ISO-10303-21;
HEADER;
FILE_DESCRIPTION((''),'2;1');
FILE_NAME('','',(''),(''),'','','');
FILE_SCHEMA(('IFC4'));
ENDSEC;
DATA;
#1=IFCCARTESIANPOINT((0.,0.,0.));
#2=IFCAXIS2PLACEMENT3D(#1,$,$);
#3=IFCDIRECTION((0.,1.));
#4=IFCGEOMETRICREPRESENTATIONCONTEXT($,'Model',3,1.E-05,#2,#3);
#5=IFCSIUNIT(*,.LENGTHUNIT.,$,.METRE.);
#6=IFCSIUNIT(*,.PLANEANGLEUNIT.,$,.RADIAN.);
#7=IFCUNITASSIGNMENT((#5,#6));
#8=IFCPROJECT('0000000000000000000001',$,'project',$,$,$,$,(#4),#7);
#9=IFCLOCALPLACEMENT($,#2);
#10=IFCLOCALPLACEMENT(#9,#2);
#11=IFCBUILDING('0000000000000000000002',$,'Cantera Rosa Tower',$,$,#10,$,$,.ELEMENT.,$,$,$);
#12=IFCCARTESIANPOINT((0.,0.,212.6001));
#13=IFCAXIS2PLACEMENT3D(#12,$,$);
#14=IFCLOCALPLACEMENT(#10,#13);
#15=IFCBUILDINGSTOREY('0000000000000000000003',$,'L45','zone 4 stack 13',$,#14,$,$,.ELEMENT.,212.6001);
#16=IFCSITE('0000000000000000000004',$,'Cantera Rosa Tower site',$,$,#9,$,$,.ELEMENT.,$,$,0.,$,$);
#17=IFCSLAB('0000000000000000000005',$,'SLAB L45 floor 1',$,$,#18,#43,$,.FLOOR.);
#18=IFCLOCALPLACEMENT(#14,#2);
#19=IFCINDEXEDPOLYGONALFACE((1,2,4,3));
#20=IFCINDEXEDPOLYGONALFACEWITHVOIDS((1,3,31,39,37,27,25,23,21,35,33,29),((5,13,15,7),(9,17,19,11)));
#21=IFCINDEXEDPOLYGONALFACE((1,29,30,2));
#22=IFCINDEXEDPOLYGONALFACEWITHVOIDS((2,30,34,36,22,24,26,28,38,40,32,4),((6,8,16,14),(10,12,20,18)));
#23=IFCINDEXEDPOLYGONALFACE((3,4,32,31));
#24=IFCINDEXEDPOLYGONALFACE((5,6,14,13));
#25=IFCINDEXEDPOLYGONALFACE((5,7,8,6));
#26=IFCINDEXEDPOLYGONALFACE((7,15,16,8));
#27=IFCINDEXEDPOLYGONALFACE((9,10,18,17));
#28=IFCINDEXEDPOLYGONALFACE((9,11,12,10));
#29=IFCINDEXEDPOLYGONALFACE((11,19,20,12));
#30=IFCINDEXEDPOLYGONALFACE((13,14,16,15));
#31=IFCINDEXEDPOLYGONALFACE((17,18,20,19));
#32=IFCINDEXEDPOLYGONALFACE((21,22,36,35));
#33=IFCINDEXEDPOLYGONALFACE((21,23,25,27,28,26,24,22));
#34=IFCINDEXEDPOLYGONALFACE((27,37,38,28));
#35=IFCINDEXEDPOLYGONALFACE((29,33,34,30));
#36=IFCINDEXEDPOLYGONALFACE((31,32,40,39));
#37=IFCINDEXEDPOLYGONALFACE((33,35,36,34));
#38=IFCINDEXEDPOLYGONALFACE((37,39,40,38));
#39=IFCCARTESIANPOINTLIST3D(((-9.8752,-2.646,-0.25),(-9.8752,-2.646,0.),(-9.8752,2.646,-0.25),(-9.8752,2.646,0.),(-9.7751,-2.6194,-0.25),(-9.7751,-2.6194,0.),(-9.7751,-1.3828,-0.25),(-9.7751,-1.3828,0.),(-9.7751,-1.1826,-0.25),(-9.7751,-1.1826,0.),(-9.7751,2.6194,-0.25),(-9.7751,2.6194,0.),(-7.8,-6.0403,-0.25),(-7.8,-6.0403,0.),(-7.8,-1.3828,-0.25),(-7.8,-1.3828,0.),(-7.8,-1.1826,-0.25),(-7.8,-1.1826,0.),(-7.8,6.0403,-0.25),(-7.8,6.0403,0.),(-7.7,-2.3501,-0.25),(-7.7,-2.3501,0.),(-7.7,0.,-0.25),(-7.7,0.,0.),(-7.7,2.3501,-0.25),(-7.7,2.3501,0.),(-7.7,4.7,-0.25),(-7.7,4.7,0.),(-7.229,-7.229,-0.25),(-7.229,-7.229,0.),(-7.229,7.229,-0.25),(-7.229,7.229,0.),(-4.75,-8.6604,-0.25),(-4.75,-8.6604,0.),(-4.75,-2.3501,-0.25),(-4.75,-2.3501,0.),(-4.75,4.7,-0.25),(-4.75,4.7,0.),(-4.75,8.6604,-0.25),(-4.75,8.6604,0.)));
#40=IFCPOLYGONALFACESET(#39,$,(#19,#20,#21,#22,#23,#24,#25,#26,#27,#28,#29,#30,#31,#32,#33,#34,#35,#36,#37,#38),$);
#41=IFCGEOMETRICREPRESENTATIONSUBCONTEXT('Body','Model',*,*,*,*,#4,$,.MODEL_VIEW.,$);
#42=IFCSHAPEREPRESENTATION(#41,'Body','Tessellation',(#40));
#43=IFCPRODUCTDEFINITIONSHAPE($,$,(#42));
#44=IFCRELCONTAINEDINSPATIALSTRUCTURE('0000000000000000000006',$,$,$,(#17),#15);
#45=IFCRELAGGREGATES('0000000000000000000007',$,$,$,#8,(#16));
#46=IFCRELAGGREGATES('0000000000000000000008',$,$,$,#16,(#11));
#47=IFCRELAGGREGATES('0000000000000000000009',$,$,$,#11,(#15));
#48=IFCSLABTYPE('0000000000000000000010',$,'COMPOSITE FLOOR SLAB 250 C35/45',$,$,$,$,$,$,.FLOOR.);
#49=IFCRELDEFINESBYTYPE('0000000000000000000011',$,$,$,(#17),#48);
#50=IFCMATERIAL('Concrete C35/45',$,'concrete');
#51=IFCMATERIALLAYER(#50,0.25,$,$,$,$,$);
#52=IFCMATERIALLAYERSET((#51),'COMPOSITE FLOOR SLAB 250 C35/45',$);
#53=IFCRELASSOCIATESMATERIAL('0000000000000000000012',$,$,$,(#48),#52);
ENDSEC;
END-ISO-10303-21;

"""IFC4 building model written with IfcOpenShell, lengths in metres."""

from ifc_helpers import new_model, si_unit, direction, frame, origin, place, context, subcontext, project, spatial, polyline, outline, extrude, material, layer, layer_set, type_object, element, save


model = new_model("IFC4")

# Units and contexts
model_context = context("Model", 3, precision=1e-05, world=origin(), true_north=direction((0.0, 1.0)))
body_context = subcontext(model_context, "Body", "Model", "MODEL_VIEW")
ifc_project = project(units=[si_unit("LENGTHUNIT", "METRE"), si_unit("PLANEANGLEUNIT", "RADIAN")], contexts=[model_context])

# Site, building, storey
site_placement = place(None, origin())
site = spatial("IfcSite", under=ifc_project, at=site_placement, Name="Cantera Rosa Tower site", CompositionType="ELEMENT", RefElevation=0.0)
building_placement = place(site_placement, origin())
building = spatial("IfcBuilding", under=site, at=building_placement, Name="Cantera Rosa Tower", CompositionType="ELEMENT")
storey_placement = place(building_placement, frame((0.0, 0.0, 212.6001)))
storey = spatial("IfcBuildingStorey", under=building, at=storey_placement, Name="L45", Description="zone 4 stack 13", CompositionType="ELEMENT", Elevation=212.6001)

# Slab
ifc_material_1 = material(Name="Concrete C35/45", Category="concrete")
ifc_layer_1 = layer(ifc_material_1, 0.25)
ifc_layer_set_1 = layer_set([ifc_layer_1], Name="COMPOSITE FLOOR SLAB 250 C35/45")
slab_type_1 = type_object("IfcSlabType", Name="COMPOSITE FLOOR SLAB 250 C35/45", PredefinedType="FLOOR", material=ifc_layer_set_1)
slab_1_placement = place(storey_placement, frame((0.0, 0.0, -0.25)))
element("IfcSlab", 1, at=slab_1_placement, inside=storey, type_object=slab_type_1, Name="SLAB L45 floor 1", PredefinedType="FLOOR", context=body_context, shape_type="SweptSolid", body=[
    extrude(outline(polyline([(-4.75, -2.3501), (-4.75, -8.6604), (-7.229, -7.229), (-9.8752, -2.646), (-9.8752, 2.646), (-7.229, 7.229), (-4.75, 8.6604), (-4.75, 4.7), (-7.7, 4.7), (-7.7, 2.3501), (-7.7, 0.0), (-7.7, -2.3501), (-4.75, -2.3501)]), holes=[polyline([(-7.8, -1.3828), (-9.7751, -1.3828), (-9.7751, -2.6194), (-7.8, -6.0403), (-7.8, -1.3828)]), polyline([(-7.8, 6.0403), (-9.7751, 2.6194), (-9.7751, -1.1826), (-7.8, -1.1826), (-7.8, 6.0403)])]), origin(), (0.0, 0.0, 1.0), 0.25),
])

save(model, "model.ifc")
